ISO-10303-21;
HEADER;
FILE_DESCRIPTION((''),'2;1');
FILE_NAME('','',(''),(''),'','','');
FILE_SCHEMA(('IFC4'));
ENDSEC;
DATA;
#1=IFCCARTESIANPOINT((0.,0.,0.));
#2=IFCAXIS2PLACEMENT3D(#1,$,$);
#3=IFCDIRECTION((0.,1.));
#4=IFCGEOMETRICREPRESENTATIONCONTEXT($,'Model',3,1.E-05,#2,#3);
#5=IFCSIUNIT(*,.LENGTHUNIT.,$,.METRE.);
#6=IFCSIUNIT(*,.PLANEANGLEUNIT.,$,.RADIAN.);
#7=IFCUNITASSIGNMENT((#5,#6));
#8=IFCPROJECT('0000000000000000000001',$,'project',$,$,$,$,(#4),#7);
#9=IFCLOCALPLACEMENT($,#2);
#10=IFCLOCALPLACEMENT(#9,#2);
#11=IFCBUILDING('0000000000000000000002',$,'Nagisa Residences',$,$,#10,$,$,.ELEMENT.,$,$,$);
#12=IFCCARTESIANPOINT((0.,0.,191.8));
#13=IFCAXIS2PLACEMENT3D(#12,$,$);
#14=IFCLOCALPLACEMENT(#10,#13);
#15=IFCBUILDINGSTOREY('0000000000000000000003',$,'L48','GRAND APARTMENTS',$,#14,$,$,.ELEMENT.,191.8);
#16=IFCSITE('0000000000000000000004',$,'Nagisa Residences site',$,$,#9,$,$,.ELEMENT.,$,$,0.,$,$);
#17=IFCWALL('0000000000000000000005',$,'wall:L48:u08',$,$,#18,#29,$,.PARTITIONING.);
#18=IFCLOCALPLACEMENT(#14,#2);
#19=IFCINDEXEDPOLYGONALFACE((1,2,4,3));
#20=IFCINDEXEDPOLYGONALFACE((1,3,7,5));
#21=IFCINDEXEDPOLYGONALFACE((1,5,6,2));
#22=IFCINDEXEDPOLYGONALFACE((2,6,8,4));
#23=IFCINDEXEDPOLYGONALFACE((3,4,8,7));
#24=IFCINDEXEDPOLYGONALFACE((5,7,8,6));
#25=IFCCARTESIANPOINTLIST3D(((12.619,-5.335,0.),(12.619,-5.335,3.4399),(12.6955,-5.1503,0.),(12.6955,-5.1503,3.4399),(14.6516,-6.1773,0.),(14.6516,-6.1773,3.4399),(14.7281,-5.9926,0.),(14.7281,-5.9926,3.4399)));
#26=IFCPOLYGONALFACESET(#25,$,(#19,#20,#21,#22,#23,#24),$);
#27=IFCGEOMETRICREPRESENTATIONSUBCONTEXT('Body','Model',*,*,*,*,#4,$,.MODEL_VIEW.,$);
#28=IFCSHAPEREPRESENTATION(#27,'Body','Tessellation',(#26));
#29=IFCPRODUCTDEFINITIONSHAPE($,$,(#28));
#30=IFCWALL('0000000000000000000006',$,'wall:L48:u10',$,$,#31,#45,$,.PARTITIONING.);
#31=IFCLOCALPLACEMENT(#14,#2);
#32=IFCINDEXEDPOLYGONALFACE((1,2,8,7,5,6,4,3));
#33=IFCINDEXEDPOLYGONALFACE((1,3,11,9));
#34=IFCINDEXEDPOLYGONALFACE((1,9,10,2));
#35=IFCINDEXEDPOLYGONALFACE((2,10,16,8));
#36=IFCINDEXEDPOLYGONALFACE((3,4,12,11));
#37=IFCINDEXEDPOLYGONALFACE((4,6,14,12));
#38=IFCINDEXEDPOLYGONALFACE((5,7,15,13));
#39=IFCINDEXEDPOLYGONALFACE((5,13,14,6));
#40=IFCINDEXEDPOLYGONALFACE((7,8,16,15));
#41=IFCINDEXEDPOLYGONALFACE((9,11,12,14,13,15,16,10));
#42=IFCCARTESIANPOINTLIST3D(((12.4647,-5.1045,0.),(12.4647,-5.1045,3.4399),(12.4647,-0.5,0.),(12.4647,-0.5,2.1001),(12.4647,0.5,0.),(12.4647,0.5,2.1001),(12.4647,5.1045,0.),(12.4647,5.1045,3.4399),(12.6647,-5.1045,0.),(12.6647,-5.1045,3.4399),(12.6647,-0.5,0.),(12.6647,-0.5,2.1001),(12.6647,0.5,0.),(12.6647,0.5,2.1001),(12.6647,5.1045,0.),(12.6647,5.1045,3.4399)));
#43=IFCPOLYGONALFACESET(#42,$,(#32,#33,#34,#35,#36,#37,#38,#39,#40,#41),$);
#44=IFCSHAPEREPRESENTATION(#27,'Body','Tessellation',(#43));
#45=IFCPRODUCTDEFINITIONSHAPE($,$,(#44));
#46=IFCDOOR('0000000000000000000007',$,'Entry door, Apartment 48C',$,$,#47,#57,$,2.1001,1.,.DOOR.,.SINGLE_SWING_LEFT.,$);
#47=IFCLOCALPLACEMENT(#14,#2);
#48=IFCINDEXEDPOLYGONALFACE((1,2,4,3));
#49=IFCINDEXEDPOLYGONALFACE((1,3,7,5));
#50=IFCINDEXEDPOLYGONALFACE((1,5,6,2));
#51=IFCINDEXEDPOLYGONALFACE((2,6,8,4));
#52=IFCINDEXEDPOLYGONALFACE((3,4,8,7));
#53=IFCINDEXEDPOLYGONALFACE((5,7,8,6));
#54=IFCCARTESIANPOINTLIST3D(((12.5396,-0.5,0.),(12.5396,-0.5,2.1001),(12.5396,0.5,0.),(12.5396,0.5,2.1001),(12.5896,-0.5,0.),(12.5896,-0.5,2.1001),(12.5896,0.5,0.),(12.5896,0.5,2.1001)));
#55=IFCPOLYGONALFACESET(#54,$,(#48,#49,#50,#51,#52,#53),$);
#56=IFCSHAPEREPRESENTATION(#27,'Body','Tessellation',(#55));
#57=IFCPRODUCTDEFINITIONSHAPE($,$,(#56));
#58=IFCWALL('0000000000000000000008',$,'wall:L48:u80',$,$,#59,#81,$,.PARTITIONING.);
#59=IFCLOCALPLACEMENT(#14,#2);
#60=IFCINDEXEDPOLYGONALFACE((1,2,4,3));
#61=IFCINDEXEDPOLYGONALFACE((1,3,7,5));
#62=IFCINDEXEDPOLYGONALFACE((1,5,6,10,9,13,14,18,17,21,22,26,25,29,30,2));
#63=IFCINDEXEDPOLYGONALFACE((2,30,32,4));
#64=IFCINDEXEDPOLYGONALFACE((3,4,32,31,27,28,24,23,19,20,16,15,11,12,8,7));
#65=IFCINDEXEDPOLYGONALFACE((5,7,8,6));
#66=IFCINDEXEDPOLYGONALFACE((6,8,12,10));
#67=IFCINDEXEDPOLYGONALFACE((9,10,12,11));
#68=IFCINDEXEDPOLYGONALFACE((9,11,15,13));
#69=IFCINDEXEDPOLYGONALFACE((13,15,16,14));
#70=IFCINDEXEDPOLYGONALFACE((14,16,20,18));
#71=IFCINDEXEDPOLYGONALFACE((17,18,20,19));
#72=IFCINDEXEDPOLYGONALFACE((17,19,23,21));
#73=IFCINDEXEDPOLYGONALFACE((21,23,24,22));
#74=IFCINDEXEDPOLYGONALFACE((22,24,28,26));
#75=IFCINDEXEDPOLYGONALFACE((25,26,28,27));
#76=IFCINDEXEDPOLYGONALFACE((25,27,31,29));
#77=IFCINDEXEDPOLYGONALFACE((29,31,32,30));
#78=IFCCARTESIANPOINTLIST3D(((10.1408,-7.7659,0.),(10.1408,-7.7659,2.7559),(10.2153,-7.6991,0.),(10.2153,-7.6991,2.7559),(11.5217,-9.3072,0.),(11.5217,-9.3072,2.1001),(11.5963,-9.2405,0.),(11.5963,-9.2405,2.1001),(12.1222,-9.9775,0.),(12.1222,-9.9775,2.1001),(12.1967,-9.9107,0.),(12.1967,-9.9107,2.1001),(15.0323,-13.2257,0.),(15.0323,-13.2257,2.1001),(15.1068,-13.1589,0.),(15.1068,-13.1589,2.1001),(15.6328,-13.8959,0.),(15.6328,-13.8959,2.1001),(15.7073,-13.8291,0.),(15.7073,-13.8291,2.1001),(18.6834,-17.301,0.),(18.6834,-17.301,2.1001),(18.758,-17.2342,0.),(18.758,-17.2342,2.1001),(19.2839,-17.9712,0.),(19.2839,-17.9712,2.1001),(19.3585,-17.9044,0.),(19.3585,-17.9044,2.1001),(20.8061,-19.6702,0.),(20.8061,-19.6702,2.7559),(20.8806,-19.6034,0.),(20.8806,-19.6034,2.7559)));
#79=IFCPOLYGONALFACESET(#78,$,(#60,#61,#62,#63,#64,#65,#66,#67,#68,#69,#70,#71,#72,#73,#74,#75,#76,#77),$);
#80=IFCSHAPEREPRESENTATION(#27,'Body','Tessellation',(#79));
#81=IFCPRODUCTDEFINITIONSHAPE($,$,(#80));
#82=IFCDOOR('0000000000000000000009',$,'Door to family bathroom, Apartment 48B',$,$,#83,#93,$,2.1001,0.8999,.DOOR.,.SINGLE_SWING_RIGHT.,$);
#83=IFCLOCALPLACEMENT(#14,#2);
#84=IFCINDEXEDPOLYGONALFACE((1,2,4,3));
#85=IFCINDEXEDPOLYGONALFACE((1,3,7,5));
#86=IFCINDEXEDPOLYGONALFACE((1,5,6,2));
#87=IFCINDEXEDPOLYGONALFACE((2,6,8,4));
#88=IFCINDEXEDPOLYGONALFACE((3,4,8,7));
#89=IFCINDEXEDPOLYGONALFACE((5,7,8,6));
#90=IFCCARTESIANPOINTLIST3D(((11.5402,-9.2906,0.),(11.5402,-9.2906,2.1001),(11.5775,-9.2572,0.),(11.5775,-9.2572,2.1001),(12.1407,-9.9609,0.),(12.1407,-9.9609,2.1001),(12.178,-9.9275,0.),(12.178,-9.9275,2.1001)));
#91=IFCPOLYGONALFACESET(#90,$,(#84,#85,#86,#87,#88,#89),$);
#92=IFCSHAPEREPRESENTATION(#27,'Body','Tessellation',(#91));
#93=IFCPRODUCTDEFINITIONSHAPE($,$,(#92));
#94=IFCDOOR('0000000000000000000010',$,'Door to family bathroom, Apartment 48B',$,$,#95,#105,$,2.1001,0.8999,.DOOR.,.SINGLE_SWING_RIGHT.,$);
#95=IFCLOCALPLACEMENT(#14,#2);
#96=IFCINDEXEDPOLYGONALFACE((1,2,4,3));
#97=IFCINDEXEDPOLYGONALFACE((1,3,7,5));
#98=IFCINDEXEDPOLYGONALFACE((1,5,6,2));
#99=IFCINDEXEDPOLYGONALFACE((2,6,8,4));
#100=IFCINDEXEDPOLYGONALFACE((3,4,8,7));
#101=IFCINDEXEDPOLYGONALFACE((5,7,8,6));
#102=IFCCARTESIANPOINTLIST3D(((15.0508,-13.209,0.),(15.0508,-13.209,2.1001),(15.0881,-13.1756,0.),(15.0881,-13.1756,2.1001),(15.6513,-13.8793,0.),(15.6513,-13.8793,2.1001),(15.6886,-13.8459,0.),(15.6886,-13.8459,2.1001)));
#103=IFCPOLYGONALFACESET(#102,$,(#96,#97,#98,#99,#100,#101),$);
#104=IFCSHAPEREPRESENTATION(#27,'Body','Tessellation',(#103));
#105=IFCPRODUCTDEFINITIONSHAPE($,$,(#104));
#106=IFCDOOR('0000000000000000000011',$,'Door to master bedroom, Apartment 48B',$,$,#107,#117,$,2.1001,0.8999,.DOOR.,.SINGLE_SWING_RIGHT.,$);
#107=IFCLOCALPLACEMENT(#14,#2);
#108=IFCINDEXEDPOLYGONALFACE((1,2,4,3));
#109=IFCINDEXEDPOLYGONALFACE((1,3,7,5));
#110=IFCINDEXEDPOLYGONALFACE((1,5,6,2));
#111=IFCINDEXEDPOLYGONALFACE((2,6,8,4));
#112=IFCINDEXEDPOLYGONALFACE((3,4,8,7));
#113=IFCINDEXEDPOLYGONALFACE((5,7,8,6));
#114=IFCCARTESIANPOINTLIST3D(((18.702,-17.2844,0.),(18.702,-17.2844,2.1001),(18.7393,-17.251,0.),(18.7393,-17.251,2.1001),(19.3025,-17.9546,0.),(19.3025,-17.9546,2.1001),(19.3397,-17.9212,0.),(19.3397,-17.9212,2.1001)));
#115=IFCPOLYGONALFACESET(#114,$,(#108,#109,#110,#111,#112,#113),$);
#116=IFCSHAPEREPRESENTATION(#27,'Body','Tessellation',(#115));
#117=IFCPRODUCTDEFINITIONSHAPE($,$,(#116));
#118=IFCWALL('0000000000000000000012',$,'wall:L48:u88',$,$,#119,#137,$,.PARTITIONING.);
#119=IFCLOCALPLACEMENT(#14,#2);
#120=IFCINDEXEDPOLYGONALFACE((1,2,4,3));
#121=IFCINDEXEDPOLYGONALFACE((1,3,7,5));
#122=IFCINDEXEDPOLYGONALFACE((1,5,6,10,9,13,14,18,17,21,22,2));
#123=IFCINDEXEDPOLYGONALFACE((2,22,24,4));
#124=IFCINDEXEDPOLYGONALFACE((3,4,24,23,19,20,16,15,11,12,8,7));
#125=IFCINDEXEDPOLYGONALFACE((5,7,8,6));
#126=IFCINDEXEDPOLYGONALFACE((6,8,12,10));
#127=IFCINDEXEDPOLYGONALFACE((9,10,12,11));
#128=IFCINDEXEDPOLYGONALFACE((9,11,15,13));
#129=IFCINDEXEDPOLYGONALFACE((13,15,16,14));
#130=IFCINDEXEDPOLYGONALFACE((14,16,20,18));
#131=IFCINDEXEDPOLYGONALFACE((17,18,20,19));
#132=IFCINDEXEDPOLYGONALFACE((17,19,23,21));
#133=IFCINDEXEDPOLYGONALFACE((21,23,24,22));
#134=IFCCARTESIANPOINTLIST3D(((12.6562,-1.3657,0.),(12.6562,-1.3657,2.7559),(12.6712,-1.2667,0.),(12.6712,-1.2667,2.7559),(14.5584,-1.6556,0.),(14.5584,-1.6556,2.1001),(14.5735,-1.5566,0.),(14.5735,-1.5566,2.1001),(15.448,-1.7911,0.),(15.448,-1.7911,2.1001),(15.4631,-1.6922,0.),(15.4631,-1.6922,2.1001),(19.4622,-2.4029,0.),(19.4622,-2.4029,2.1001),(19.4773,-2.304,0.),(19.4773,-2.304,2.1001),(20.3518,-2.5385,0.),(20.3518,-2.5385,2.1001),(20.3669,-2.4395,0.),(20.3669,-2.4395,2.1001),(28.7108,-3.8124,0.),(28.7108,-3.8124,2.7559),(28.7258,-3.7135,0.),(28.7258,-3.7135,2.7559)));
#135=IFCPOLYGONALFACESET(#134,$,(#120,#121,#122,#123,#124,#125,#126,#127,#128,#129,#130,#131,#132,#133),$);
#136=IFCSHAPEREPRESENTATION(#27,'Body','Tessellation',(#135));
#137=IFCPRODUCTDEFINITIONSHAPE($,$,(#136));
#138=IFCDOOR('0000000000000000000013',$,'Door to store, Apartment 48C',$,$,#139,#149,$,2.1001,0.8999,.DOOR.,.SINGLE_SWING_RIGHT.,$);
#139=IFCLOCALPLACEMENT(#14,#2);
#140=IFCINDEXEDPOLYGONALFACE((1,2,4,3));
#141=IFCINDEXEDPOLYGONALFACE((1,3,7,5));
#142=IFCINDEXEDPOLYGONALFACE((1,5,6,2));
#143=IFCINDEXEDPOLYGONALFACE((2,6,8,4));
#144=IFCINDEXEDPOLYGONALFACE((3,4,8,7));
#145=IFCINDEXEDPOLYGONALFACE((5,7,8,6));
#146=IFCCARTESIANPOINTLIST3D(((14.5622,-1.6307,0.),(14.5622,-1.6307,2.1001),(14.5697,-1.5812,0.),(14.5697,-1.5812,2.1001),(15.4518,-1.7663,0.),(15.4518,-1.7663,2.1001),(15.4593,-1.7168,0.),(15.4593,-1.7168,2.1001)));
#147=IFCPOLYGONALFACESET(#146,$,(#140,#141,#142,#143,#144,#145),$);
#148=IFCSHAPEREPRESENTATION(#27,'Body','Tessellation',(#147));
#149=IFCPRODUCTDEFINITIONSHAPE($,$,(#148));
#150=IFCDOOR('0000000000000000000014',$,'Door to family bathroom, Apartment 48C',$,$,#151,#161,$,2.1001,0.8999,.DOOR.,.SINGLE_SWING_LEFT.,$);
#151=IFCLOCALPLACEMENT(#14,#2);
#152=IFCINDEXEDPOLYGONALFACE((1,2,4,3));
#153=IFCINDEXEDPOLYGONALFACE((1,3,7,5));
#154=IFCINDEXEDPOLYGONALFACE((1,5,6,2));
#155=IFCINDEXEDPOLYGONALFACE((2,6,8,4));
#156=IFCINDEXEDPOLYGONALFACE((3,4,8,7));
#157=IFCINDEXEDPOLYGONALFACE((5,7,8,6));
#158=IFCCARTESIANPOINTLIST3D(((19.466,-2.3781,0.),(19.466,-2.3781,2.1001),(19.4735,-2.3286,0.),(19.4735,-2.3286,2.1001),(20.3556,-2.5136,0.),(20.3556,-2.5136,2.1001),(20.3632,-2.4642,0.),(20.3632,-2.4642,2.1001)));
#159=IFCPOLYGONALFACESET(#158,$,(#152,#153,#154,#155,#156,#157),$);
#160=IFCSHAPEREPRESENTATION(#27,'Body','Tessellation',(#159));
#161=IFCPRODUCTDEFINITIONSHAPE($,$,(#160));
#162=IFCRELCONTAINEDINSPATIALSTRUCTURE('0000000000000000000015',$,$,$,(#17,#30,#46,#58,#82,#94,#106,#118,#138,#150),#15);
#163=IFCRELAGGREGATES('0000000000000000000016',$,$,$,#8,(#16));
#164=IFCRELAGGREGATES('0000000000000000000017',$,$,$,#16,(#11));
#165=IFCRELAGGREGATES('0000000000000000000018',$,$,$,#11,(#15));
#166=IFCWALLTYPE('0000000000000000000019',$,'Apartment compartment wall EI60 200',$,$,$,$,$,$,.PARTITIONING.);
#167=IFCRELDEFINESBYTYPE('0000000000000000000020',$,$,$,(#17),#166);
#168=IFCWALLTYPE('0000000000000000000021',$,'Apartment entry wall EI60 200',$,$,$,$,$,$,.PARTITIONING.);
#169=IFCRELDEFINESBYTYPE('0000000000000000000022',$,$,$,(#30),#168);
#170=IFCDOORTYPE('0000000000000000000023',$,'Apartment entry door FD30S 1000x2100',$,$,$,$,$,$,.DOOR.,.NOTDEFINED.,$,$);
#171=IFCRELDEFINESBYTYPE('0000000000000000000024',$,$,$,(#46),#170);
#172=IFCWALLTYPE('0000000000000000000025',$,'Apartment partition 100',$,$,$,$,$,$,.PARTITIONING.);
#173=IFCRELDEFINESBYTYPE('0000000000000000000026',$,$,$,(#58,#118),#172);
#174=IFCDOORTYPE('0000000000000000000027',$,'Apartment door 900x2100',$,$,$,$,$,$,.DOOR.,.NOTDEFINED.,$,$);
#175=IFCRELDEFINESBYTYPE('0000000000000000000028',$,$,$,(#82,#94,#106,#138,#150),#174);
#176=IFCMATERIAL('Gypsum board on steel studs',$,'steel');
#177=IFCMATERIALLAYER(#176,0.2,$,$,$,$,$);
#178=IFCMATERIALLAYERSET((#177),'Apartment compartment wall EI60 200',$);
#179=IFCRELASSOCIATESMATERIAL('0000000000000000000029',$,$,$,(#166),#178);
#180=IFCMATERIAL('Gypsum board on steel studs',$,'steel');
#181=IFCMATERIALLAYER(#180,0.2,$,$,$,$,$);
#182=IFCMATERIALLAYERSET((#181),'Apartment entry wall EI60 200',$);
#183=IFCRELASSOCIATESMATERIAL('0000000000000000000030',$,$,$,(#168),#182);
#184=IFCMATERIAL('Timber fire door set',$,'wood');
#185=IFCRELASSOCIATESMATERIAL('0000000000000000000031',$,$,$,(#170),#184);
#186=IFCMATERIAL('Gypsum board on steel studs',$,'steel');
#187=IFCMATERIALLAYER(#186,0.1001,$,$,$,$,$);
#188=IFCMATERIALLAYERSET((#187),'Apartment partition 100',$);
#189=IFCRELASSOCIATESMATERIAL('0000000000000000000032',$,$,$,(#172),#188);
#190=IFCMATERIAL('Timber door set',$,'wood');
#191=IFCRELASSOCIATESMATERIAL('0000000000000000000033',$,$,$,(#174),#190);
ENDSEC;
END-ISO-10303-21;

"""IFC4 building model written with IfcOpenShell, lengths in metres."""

from ifc_helpers import new_model, si_unit, direction, frame, frame_2d, origin, place, context, subcontext, project, spatial, rectangle, extrude, material, layer, layer_set, type_object, element, fill, save


model = new_model("IFC4")

# Units and contexts
model_context = context("Model", 3, precision=1e-05, world=origin(), true_north=direction((0.0, 1.0)))
body_context = subcontext(model_context, "Body", "Model", "MODEL_VIEW")
ifc_project = project(units=[si_unit("LENGTHUNIT", "METRE"), si_unit("PLANEANGLEUNIT", "RADIAN")], contexts=[model_context])

# Site, building, storey
site_placement = place(None, origin())
site = spatial("IfcSite", under=ifc_project, at=site_placement, Name="Nagisa Residences site", CompositionType="ELEMENT", RefElevation=0.0)
building_placement = place(site_placement, origin())
building = spatial("IfcBuilding", under=site, at=building_placement, Name="Nagisa Residences", CompositionType="ELEMENT")
storey_placement = place(building_placement, frame((0.0, 0.0, 191.8)))
storey = spatial("IfcBuildingStorey", under=building, at=storey_placement, Name="L48", Description="GRAND APARTMENTS", CompositionType="ELEMENT", Elevation=191.8)

# Wall
ifc_material_1 = material(Name="Gypsum board on steel studs", Category="steel")
ifc_layer_1 = layer(ifc_material_1, 0.2)
ifc_layer_set_1 = layer_set([ifc_layer_1], Name="Apartment compartment wall EI60 200")
wall_type_1 = type_object("IfcWallType", Name="Apartment compartment wall EI60 200", PredefinedType="PARTITIONING", material=ifc_layer_set_1)
wall_1_placement = place(storey_placement, frame((12.6572, -5.2427, 0.0), z_axis=(0.0, 0.0, 1.0), x_axis=(0.92383, -0.382803, 0.0)))
element("IfcWall", 1, at=wall_1_placement, inside=storey, type_object=wall_type_1, Name="wall:L48:u08", PredefinedType="PARTITIONING", context=body_context, shape_type="SweptSolid", body=[
    extrude(rectangle(XDim=2.2002, YDim=0.2, at=frame_2d((1.1001, 0.0))), origin(), (0.0, 0.0, 1.0), 3.4399),
])

# Wall, opening, door
ifc_material_2 = material(Name="Gypsum board on steel studs", Category="steel")
ifc_layer_2 = layer(ifc_material_2, 0.2)
ifc_layer_set_2 = layer_set([ifc_layer_2], Name="Apartment entry wall EI60 200")
wall_type_2 = type_object("IfcWallType", Name="Apartment entry wall EI60 200", PredefinedType="PARTITIONING", material=ifc_layer_set_2)
wall_2_placement = place(storey_placement, frame((12.5647, -5.1045, 0.0), z_axis=(0.0, 0.0, 1.0), x_axis=(0.0, 1.0, 0.0)))
wall_2 = element("IfcWall", 2, at=wall_2_placement, inside=storey, type_object=wall_type_2, Name="wall:L48:u10", PredefinedType="PARTITIONING", context=body_context, shape_type="SweptSolid", body=[
    extrude(rectangle(XDim=10.209, YDim=0.2, at=frame_2d((5.1045, 0.0))), origin(), (0.0, 0.0, 1.0), 3.4399),
])
opening_1_placement = place(wall_2_placement, frame((4.6045, 0.0, 0.0)))
opening_1 = element("IfcOpeningElement", 3, at=opening_1_placement, cuts=wall_2, PredefinedType="OPENING", context=body_context, shape_type="SweptSolid", body=[
    extrude(rectangle(XDim=1.0, YDim=2.1001, at=frame_2d((0.5, 1.05))), frame((0.0, 0.1099, 0.0), z_axis=(0.0, -1.0, 0.0), x_axis=(1.0, 0.0, 0.0)), (0.0, 0.0, 1.0), 0.22),
])
ifc_material_3 = material(Name="Timber fire door set", Category="wood")
door_type_1 = type_object("IfcDoorType", Name="Apartment entry door FD30S 1000x2100", OperationType="NOTDEFINED", PredefinedType="DOOR", material=ifc_material_3)
door_1_placement = place(opening_1_placement, frame((1.0, 0.0, 0.0), x_axis=(-1.0, 0.0, 0.0)))
door_1 = element("IfcDoor", 4, at=door_1_placement, inside=storey, type_object=door_type_1, Name="Entry door, Apartment 48C", OperationType="SINGLE_SWING_LEFT", OverallHeight=2.1001, OverallWidth=1.0, PredefinedType="DOOR", context=body_context, shape_type="SweptSolid", body=[
    extrude(rectangle(XDim=1.0, YDim=2.1001, at=frame_2d((0.5, 1.05))), frame((0.0, 0.0249, 0.0), z_axis=(0.0, -1.0, 0.0), x_axis=(1.0, 0.0, 0.0)), (0.0, 0.0, 1.0), 0.05),
])
fill(opening_1, door_1)

# Walls, openings, doors
ifc_material_4 = material(Name="Gypsum board on steel studs", Category="steel")
ifc_layer_3 = layer(ifc_material_4, 0.1001)
ifc_layer_set_3 = layer_set([ifc_layer_3], Name="Apartment partition 100")
wall_type_3 = type_object("IfcWallType", Name="Apartment partition 100", PredefinedType="PARTITIONING", material=ifc_layer_set_3)
wall_3_placement = place(storey_placement, frame((10.178, -7.7324, 0.0), z_axis=(0.0, 0.0, 1.0), x_axis=(0.667284, -0.744804, 0.0)))
wall_3 = element("IfcWall", 5, at=wall_3_placement, inside=storey, type_object=wall_type_3, Name="wall:L48:u80", PredefinedType="PARTITIONING", context=body_context, shape_type="SweptSolid", body=[
    extrude(rectangle(XDim=15.9832, YDim=0.1001, at=frame_2d((7.9917, 0.0))), origin(), (0.0, 0.0, 1.0), 2.7559),
])
opening_2_placement = place(wall_3_placement, frame((2.0696, 0.0, 0.0)))
opening_2 = element("IfcOpeningElement", 6, at=opening_2_placement, cuts=wall_3, PredefinedType="OPENING", context=body_context, shape_type="SweptSolid", body=[
    extrude(rectangle(XDim=0.8999, YDim=2.1001, at=frame_2d((0.45, 1.05))), frame((0.0, 0.0601, 0.0), z_axis=(0.0, -1.0, 0.0), x_axis=(1.0, 0.0, 0.0)), (0.0, 0.0, 1.0), 0.1201),
])
opening_3_placement = place(wall_3_placement, frame((7.3306, 0.0, 0.0)))
opening_3 = element("IfcOpeningElement", 7, at=opening_3_placement, cuts=wall_3, PredefinedType="OPENING", context=body_context, shape_type="SweptSolid", body=[
    extrude(rectangle(XDim=0.8999, YDim=2.1001, at=frame_2d((0.45, 1.05))), frame((0.0, 0.0601, 0.0), z_axis=(0.0, -1.0, 0.0), x_axis=(1.0, 0.0, 0.0)), (0.0, 0.0, 1.0), 0.1201),
])
opening_4_placement = place(wall_3_placement, frame((12.8022, 0.0, 0.0)))
opening_4 = element("IfcOpeningElement", 8, at=opening_4_placement, cuts=wall_3, PredefinedType="OPENING", context=body_context, shape_type="SweptSolid", body=[
    extrude(rectangle(XDim=0.8999, YDim=2.1001, at=frame_2d((0.45, 1.05))), frame((0.0, 0.0601, 0.0), z_axis=(0.0, -1.0, 0.0), x_axis=(1.0, 0.0, 0.0)), (0.0, 0.0, 1.0), 0.1201),
])
ifc_material_5 = material(Name="Timber door set", Category="wood")
door_type_2 = type_object("IfcDoorType", Name="Apartment door 900x2100", OperationType="NOTDEFINED", PredefinedType="DOOR", material=ifc_material_5)
door_2_placement = place(opening_2_placement, origin())
door_2 = element("IfcDoor", 9, at=door_2_placement, inside=storey, type_object=door_type_2, Name="Door to family bathroom, Apartment 48B", OperationType="SINGLE_SWING_RIGHT", OverallHeight=2.1001, OverallWidth=0.8999, PredefinedType="DOOR", context=body_context, shape_type="SweptSolid", body=[
    extrude(rectangle(XDim=0.8999, YDim=2.1001, at=frame_2d((0.45, 1.05))), frame((0.0, 0.0249, 0.0), z_axis=(0.0, -1.0, 0.0), x_axis=(1.0, 0.0, 0.0)), (0.0, 0.0, 1.0), 0.05),
])
fill(opening_2, door_2)
door_3_placement = place(opening_3_placement, origin())
door_3 = element("IfcDoor", 10, at=door_3_placement, inside=storey, type_object=door_type_2, Name="Door to family bathroom, Apartment 48B", OperationType="SINGLE_SWING_RIGHT", OverallHeight=2.1001, OverallWidth=0.8999, PredefinedType="DOOR", context=body_context, shape_type="SweptSolid", body=[
    extrude(rectangle(XDim=0.8999, YDim=2.1001, at=frame_2d((0.45, 1.05))), frame((0.0, 0.0249, 0.0), z_axis=(0.0, -1.0, 0.0), x_axis=(1.0, 0.0, 0.0)), (0.0, 0.0, 1.0), 0.05),
])
fill(opening_3, door_3)
door_4_placement = place(opening_4_placement, origin())
door_4 = element("IfcDoor", 11, at=door_4_placement, inside=storey, type_object=door_type_2, Name="Door to master bedroom, Apartment 48B", OperationType="SINGLE_SWING_RIGHT", OverallHeight=2.1001, OverallWidth=0.8999, PredefinedType="DOOR", context=body_context, shape_type="SweptSolid", body=[
    extrude(rectangle(XDim=0.8999, YDim=2.1001, at=frame_2d((0.45, 1.05))), frame((0.0, 0.0249, 0.0), z_axis=(0.0, -1.0, 0.0), x_axis=(1.0, 0.0, 0.0)), (0.0, 0.0, 1.0), 0.05),
])
fill(opening_4, door_4)
wall_4_placement = place(storey_placement, frame((12.6636, -1.3162, 0.0), z_axis=(0.0, 0.0, 1.0), x_axis=(0.988585, -0.150663, 0.0)))
wall_4 = element("IfcWall", 12, at=wall_4_placement, inside=storey, type_object=wall_type_3, Name="wall:L48:u88", PredefinedType="PARTITIONING", context=body_context, shape_type="SweptSolid", body=[
    extrude(rectangle(XDim=16.24, YDim=0.1001, at=frame_2d((8.1201, 0.0))), origin(), (0.0, 0.0, 1.0), 2.7559),
])
opening_5_placement = place(wall_4_placement, frame((1.9243, 0.0, 0.0)))
opening_5 = element("IfcOpeningElement", 13, at=opening_5_placement, cuts=wall_4, PredefinedType="OPENING", context=body_context, shape_type="SweptSolid", body=[
    extrude(rectangle(XDim=0.8999, YDim=2.1001, at=frame_2d((0.45, 1.05))), frame((0.0, 0.0601, 0.0), z_axis=(0.0, -1.0, 0.0), x_axis=(1.0, 0.0, 0.0)), (0.0, 0.0, 1.0), 0.1201),
])
opening_6_placement = place(wall_4_placement, frame((6.8848, 0.0, 0.0)))
opening_6 = element("IfcOpeningElement", 14, at=opening_6_placement, cuts=wall_4, PredefinedType="OPENING", context=body_context, shape_type="SweptSolid", body=[
    extrude(rectangle(XDim=0.8999, YDim=2.1001, at=frame_2d((0.45, 1.05))), frame((0.0, 0.0601, 0.0), z_axis=(0.0, -1.0, 0.0), x_axis=(1.0, 0.0, 0.0)), (0.0, 0.0, 1.0), 0.1201),
])
door_5_placement = place(opening_5_placement, frame((0.8999, 0.0, 0.0), x_axis=(-1.0, 0.0, 0.0)))
door_5 = element("IfcDoor", 15, at=door_5_placement, inside=storey, type_object=door_type_2, Name="Door to store, Apartment 48C", OperationType="SINGLE_SWING_RIGHT", OverallHeight=2.1001, OverallWidth=0.8999, PredefinedType="DOOR", context=body_context, shape_type="SweptSolid", body=[
    extrude(rectangle(XDim=0.8999, YDim=2.1001, at=frame_2d((0.45, 1.05))), frame((0.0, 0.0249, 0.0), z_axis=(0.0, -1.0, 0.0), x_axis=(1.0, 0.0, 0.0)), (0.0, 0.0, 1.0), 0.05),
])
fill(opening_5, door_5)
door_6_placement = place(opening_6_placement, frame((0.8999, 0.0, 0.0), x_axis=(-1.0, 0.0, 0.0)))
door_6 = element("IfcDoor", 16, at=door_6_placement, inside=storey, type_object=door_type_2, Name="Door to family bathroom, Apartment 48C", OperationType="SINGLE_SWING_LEFT", OverallHeight=2.1001, OverallWidth=0.8999, PredefinedType="DOOR", context=body_context, shape_type="SweptSolid", body=[
    extrude(rectangle(XDim=0.8999, YDim=2.1001, at=frame_2d((0.45, 1.05))), frame((0.0, 0.0249, 0.0), z_axis=(0.0, -1.0, 0.0), x_axis=(1.0, 0.0, 0.0)), (0.0, 0.0, 1.0), 0.05),
])
fill(opening_6, door_6)

save(model, "model.ifc")
